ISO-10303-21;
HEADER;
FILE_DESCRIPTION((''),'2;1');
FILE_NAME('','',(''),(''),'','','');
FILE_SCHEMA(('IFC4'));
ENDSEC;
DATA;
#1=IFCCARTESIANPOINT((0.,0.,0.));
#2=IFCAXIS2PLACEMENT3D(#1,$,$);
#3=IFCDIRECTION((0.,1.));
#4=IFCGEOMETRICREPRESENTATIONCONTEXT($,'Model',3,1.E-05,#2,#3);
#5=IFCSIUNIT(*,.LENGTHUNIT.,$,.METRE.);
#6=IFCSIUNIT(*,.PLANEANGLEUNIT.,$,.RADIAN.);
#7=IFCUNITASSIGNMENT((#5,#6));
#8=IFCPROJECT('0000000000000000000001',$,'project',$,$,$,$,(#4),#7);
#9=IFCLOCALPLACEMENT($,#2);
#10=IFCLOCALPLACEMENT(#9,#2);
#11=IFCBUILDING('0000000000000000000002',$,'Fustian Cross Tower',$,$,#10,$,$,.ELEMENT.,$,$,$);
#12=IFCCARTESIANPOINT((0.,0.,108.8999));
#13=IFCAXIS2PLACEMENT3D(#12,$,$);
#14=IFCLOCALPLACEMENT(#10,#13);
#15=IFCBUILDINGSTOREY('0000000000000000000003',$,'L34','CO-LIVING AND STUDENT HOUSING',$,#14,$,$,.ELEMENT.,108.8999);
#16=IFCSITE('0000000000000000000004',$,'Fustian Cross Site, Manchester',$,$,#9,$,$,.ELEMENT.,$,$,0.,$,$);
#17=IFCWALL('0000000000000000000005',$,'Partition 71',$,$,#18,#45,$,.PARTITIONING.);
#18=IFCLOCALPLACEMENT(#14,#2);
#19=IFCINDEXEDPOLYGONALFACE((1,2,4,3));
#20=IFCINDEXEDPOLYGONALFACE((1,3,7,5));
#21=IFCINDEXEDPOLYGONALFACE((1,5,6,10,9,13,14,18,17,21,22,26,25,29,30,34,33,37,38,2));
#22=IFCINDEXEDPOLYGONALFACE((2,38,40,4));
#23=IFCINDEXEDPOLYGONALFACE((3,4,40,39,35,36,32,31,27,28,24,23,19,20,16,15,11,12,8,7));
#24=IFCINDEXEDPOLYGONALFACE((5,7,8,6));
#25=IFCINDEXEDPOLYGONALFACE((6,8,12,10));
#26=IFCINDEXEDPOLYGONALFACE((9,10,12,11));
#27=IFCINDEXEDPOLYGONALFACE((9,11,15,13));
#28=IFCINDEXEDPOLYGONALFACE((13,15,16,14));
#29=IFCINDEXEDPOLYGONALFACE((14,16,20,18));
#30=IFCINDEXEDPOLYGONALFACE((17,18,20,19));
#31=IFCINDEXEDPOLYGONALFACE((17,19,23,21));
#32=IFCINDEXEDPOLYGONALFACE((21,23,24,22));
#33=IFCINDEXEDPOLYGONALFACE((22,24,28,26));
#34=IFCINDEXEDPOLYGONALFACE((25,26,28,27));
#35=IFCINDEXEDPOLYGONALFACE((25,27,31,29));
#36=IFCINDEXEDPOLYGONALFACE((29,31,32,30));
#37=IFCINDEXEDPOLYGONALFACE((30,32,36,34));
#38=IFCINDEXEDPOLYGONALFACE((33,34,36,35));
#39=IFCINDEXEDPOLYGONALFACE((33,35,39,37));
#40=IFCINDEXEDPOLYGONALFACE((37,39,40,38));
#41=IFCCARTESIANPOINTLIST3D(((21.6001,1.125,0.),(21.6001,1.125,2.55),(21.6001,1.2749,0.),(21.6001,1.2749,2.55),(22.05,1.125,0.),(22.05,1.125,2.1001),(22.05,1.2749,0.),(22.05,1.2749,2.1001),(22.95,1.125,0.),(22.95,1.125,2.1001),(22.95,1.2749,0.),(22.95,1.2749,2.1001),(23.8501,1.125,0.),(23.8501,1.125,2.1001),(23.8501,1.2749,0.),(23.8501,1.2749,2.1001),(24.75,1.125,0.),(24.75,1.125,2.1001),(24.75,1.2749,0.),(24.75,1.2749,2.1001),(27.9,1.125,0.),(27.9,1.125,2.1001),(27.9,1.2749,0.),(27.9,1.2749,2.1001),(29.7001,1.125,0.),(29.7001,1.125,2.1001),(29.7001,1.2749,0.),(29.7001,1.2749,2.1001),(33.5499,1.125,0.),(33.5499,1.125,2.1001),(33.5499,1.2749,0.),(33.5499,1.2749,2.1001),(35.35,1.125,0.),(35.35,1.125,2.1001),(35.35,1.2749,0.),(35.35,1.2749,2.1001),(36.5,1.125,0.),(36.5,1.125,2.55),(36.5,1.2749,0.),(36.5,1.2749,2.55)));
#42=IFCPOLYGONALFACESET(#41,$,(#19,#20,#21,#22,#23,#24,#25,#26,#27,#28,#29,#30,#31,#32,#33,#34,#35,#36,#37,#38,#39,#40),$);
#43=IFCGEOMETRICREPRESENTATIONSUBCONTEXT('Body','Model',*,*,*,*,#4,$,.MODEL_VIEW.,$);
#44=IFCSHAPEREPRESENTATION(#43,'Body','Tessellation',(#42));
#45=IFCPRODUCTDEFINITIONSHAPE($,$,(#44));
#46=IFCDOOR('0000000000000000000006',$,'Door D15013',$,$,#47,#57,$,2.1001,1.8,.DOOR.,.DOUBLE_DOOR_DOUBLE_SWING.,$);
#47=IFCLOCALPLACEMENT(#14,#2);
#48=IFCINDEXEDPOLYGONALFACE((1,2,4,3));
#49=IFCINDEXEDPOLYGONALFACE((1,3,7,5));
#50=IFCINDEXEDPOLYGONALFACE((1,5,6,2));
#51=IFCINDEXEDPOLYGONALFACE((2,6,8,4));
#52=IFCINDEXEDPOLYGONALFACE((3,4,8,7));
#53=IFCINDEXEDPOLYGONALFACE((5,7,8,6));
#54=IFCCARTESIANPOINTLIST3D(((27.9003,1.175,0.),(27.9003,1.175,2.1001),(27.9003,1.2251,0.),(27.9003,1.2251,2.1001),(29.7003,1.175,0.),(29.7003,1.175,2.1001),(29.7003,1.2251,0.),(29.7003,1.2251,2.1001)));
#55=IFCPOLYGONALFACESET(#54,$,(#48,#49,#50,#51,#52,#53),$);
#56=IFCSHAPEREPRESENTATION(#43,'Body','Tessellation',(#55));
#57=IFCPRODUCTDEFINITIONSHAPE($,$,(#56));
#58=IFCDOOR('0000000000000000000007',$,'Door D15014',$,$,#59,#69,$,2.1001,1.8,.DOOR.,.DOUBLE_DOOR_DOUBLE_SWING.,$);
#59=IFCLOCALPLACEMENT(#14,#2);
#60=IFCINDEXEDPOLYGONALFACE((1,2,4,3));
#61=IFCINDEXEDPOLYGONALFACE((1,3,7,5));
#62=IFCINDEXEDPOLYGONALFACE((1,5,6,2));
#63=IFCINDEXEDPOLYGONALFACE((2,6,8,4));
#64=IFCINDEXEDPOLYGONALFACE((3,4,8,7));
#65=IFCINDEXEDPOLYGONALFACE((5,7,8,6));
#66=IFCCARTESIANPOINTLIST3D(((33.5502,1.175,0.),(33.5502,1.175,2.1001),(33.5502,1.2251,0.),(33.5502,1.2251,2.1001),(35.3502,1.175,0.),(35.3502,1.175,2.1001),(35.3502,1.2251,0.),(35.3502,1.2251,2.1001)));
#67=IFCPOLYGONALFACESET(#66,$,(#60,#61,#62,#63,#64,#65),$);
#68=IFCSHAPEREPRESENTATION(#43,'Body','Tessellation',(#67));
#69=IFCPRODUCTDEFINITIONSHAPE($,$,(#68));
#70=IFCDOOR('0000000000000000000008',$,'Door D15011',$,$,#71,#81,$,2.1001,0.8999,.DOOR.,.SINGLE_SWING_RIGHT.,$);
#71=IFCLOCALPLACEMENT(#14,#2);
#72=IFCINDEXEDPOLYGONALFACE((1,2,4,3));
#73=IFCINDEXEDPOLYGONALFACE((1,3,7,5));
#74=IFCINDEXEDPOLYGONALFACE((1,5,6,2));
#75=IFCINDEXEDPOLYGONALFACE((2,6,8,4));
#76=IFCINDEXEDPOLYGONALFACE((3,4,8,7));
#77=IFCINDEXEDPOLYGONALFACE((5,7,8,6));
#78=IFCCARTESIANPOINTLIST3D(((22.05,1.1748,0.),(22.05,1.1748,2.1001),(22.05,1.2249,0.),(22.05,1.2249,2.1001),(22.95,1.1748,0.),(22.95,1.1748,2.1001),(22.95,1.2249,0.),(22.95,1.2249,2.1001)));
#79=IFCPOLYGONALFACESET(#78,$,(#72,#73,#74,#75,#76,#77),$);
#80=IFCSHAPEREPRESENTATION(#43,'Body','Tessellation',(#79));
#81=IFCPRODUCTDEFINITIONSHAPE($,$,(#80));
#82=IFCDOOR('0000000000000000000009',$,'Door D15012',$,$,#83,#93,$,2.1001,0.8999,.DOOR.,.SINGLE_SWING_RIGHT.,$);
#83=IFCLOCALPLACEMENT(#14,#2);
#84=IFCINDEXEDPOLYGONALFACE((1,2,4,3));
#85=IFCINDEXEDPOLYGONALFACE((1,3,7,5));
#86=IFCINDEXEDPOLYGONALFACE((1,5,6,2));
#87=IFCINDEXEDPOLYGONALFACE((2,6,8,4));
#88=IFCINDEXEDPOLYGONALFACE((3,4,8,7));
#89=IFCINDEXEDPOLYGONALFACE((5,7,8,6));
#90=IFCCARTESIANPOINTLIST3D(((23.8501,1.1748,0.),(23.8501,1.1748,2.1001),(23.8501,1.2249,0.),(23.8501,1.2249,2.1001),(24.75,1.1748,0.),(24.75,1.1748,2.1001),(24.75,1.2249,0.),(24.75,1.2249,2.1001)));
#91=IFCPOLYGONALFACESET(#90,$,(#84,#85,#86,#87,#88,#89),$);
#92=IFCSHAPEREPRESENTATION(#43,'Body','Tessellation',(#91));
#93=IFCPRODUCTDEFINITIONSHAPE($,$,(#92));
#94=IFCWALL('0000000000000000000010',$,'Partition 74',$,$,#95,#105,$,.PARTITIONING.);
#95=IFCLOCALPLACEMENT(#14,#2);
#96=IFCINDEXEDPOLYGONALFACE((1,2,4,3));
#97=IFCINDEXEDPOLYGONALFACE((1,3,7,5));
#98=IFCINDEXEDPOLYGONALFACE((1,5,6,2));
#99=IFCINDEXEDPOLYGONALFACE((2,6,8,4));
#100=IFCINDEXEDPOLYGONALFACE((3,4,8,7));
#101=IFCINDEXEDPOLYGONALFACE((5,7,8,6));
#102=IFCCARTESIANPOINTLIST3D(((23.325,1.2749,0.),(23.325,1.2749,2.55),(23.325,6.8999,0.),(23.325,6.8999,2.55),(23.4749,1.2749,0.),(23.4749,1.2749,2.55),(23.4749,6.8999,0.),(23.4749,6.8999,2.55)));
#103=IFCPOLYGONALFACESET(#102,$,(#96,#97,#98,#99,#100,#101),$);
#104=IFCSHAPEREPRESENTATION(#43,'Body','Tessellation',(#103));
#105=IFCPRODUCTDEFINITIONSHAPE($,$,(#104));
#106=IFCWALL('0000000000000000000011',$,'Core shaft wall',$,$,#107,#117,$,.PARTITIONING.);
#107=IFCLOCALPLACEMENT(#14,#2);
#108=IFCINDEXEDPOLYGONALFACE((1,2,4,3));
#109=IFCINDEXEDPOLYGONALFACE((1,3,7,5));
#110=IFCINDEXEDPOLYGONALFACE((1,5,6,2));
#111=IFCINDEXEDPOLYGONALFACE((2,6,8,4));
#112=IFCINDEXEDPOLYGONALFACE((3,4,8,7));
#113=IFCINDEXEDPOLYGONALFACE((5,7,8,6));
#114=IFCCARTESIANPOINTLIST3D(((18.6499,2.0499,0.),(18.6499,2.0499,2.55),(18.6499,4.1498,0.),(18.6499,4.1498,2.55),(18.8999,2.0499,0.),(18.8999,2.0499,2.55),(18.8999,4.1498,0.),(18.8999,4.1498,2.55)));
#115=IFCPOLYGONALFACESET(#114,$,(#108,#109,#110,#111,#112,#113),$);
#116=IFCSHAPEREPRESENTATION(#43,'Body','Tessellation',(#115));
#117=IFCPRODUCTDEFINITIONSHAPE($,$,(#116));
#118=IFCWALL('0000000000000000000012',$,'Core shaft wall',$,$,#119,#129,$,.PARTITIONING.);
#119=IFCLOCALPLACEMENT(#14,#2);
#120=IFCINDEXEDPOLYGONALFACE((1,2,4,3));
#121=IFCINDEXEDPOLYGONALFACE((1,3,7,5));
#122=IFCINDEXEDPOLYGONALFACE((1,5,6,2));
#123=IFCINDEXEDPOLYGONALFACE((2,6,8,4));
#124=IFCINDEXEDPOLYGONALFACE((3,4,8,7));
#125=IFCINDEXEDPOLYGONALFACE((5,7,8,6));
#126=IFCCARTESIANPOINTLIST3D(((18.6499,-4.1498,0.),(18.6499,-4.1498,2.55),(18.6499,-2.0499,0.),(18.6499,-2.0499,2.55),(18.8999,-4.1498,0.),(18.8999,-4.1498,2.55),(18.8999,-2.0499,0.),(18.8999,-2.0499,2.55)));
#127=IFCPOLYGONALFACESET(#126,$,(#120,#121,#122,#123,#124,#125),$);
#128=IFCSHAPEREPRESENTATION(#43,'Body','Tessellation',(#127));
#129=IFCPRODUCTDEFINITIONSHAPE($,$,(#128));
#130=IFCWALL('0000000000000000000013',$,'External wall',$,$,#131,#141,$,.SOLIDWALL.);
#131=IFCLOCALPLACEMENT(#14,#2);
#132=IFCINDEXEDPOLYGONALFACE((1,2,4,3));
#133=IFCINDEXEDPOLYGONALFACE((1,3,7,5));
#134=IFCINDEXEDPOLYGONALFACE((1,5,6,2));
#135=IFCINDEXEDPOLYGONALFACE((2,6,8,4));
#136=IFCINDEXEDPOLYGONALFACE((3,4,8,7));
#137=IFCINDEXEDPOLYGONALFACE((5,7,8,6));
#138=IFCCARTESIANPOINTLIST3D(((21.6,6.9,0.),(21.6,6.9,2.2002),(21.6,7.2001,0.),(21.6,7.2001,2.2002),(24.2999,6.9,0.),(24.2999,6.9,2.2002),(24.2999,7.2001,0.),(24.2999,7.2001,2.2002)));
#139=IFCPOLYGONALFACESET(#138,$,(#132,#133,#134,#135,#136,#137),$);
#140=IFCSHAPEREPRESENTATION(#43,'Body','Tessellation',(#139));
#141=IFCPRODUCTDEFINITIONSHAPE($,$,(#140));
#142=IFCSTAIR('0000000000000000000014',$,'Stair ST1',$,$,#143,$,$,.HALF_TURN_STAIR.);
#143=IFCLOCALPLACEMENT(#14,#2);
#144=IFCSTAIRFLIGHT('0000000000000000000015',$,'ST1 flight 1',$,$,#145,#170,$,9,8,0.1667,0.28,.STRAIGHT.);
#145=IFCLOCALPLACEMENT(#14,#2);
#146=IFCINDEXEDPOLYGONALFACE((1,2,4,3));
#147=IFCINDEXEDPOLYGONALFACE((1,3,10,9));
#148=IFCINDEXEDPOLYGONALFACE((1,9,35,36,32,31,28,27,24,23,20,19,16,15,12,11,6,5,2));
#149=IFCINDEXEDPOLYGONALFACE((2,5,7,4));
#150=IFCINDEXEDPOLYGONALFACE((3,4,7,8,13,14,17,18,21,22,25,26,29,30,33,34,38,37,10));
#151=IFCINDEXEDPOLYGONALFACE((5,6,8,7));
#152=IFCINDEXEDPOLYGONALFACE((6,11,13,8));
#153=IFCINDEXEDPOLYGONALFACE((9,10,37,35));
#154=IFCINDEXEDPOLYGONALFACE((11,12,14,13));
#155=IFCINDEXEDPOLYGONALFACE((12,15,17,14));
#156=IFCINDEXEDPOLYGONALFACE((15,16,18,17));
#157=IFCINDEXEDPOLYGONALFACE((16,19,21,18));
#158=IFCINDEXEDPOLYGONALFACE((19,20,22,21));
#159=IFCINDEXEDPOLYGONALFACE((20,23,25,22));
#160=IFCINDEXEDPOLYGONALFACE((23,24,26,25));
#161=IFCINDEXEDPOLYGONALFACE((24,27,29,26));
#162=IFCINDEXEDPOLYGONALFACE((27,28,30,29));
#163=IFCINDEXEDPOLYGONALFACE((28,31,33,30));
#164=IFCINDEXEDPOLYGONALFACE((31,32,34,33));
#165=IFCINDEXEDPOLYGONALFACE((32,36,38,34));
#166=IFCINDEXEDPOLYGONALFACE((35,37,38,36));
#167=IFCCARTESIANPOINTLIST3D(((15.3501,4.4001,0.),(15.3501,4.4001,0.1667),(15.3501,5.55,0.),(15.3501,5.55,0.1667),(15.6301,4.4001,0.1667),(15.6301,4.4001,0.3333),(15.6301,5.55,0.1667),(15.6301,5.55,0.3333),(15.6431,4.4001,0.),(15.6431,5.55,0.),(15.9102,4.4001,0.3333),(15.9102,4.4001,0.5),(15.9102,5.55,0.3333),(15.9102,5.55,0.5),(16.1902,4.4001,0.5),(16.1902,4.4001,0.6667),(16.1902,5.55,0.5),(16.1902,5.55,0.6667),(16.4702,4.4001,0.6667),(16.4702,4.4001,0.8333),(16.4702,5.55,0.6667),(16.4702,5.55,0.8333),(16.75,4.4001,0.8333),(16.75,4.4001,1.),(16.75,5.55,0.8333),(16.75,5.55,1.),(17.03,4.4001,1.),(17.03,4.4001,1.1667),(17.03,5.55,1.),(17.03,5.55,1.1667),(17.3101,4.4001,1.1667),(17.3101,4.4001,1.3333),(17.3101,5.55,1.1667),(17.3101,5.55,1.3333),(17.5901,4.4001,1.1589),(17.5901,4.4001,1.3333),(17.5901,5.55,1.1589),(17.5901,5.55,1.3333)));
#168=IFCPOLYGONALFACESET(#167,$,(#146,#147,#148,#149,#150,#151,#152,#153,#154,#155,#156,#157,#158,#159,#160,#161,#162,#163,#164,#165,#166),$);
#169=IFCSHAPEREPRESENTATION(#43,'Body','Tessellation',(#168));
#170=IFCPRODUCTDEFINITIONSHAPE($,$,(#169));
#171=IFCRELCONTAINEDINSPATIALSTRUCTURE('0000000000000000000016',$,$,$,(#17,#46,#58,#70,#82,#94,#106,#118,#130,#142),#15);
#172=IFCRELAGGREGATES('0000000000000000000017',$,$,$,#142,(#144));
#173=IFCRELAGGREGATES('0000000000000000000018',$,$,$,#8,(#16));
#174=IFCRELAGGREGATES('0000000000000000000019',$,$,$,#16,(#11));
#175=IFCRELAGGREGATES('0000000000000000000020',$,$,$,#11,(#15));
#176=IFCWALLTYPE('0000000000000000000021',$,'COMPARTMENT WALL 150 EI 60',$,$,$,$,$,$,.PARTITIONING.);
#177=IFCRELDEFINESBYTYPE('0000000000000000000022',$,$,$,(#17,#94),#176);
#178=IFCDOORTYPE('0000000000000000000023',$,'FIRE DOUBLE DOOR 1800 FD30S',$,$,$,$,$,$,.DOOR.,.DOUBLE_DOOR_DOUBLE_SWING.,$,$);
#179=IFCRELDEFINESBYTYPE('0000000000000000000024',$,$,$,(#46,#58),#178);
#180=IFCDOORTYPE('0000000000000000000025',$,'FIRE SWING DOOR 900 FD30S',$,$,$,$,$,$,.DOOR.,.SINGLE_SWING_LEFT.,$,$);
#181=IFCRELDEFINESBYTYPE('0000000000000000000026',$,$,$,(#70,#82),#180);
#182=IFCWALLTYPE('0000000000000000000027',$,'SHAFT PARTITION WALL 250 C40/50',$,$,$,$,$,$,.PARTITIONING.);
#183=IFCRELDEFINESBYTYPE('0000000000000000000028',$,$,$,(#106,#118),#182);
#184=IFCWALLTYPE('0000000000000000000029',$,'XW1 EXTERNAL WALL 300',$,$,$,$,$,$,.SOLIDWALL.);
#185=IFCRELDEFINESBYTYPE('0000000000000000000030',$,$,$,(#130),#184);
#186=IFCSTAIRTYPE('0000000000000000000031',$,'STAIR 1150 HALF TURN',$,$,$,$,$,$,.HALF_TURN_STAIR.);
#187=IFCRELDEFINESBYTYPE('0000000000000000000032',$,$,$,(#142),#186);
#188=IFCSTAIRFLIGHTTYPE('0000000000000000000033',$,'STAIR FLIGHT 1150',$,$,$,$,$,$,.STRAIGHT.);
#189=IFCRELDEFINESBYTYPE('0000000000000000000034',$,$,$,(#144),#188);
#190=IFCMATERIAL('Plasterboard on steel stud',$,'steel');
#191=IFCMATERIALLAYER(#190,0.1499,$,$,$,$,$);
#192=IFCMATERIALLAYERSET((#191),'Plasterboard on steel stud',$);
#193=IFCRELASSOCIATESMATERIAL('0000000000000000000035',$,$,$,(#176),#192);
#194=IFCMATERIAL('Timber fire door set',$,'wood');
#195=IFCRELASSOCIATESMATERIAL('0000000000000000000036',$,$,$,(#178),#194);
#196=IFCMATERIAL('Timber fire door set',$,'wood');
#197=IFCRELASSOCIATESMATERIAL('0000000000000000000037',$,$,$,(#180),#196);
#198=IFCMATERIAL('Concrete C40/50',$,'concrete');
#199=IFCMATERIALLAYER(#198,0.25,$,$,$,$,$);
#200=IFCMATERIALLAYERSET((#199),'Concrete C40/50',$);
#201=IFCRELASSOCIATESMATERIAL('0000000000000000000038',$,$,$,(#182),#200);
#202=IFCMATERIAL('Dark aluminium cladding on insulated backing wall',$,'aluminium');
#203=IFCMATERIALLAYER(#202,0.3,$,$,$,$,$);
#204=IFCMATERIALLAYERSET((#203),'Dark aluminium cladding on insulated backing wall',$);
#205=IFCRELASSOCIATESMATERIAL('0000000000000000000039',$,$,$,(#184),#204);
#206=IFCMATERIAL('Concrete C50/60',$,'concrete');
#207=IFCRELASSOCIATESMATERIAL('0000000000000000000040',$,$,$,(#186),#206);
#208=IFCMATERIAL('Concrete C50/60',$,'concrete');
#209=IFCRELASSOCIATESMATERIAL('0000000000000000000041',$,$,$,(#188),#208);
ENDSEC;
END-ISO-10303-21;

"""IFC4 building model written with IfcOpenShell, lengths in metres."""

from ifc_helpers import new_model, si_unit, direction, frame, frame_2d, origin, place, context, subcontext, project, spatial, polyline, rectangle, outline, extrude, material, layer, layer_set, type_object, element, fill, aggregate, save


model = new_model("IFC4")

# Units and contexts
model_context = context("Model", 3, precision=1e-05, world=origin(), true_north=direction((0.0, 1.0)))
body_context = subcontext(model_context, "Body", "Model", "MODEL_VIEW")
ifc_project = project(units=[si_unit("LENGTHUNIT", "METRE"), si_unit("PLANEANGLEUNIT", "RADIAN")], contexts=[model_context])

# Site, building, storey
site_placement = place(None, origin())
site = spatial("IfcSite", under=ifc_project, at=site_placement, Name="Fustian Cross Site, Manchester", CompositionType="ELEMENT", RefElevation=0.0)
building_placement = place(site_placement, origin())
building = spatial("IfcBuilding", under=site, at=building_placement, Name="Fustian Cross Tower", CompositionType="ELEMENT")
storey_placement = place(building_placement, frame((0.0, 0.0, 108.8999)))
storey = spatial("IfcBuildingStorey", under=building, at=storey_placement, Name="L34", Description="CO-LIVING AND STUDENT HOUSING", CompositionType="ELEMENT", Elevation=108.8999)

# Wall, openings, doors
ifc_material_1 = material(Name="Plasterboard on steel stud", Category="steel")
ifc_layer_1 = layer(ifc_material_1, 0.1499)
ifc_layer_set_1 = layer_set([ifc_layer_1], Name="Plasterboard on steel stud")
wall_type_1 = type_object("IfcWallType", Name="COMPARTMENT WALL 150 EI 60", PredefinedType="PARTITIONING", material=ifc_layer_set_1)
ifc_material_2 = material(Name="Timber fire door set", Category="wood")
door_type_1 = type_object("IfcDoorType", Name="FIRE DOUBLE DOOR 1800 FD30S", OperationType="DOUBLE_DOOR_DOUBLE_SWING", PredefinedType="DOOR", material=ifc_material_2)
wall_1_placement = place(storey_placement, frame((21.6001, 1.2, 0.0), z_axis=(0.0, 0.0, 1.0), x_axis=(1.0, 0.0, 0.0)))
wall_1 = element("IfcWall", 1, at=wall_1_placement, inside=storey, type_object=wall_type_1, Name="Partition 71", PredefinedType="PARTITIONING", context=body_context, shape_type="SweptSolid", body=[
    extrude(rectangle(XDim=14.8999, YDim=0.1499, at=frame_2d((7.45, 0.0))), origin(), (0.0, 0.0, 1.0), 2.55),
])
opening_1_placement = place(wall_1_placement, frame((0.45, 0.0, 0.0)))
opening_1 = element("IfcOpeningElement", 2, at=opening_1_placement, cuts=wall_1, PredefinedType="OPENING", context=body_context, shape_type="SweptSolid", body=[
    extrude(rectangle(XDim=0.8999, YDim=2.1001, at=frame_2d((0.45, 1.05))), frame((0.0, 0.085, 0.0), z_axis=(0.0, -1.0, 0.0), x_axis=(1.0, 0.0, 0.0)), (0.0, 0.0, 1.0), 0.1699),
])
opening_2_placement = place(wall_1_placement, frame((2.25, 0.0, 0.0)))
opening_2 = element("IfcOpeningElement", 3, at=opening_2_placement, cuts=wall_1, PredefinedType="OPENING", context=body_context, shape_type="SweptSolid", body=[
    extrude(rectangle(XDim=0.8999, YDim=2.1001, at=frame_2d((0.45, 1.05))), frame((0.0, 0.085, 0.0), z_axis=(0.0, -1.0, 0.0), x_axis=(1.0, 0.0, 0.0)), (0.0, 0.0, 1.0), 0.1699),
])
opening_3_placement = place(wall_1_placement, frame((6.3, 0.0, 0.0)))
opening_3 = element("IfcOpeningElement", 4, at=opening_3_placement, cuts=wall_1, PredefinedType="OPENING", context=body_context, shape_type="SweptSolid", body=[
    extrude(rectangle(XDim=1.8, YDim=2.1001, at=frame_2d((0.8999, 1.05))), frame((0.0, 0.085, 0.0), z_axis=(0.0, -1.0, 0.0), x_axis=(1.0, 0.0, 0.0)), (0.0, 0.0, 1.0), 0.1699),
])
opening_4_placement = place(wall_1_placement, frame((11.95, 0.0, 0.0)))
opening_4 = element("IfcOpeningElement", 5, at=opening_4_placement, cuts=wall_1, PredefinedType="OPENING", context=body_context, shape_type="SweptSolid", body=[
    extrude(rectangle(XDim=1.8, YDim=2.1001, at=frame_2d((0.8999, 1.05))), frame((0.0, 0.085, 0.0), z_axis=(0.0, -1.0, 0.0), x_axis=(1.0, 0.0, 0.0)), (0.0, 0.0, 1.0), 0.1699),
])
door_1_placement = place(opening_3_placement, frame((1.8, 0.0, 0.0), z_axis=(0.0, 0.0, 1.0), x_axis=(-1.0, 0.0, 0.0)))
door_1 = element("IfcDoor", 6, at=door_1_placement, inside=storey, type_object=door_type_1, Name="Door D15013", OperationType="DOUBLE_DOOR_DOUBLE_SWING", OverallHeight=2.1001, OverallWidth=1.8, PredefinedType="DOOR", context=body_context, shape_type="SweptSolid", body=[
    extrude(rectangle(XDim=1.8, YDim=2.1001, at=frame_2d((0.8999, 1.05))), frame((0.0, 0.0249, 0.0), z_axis=(0.0, -1.0, 0.0), x_axis=(1.0, 0.0, 0.0)), (0.0, 0.0, 1.0), 0.05),
])
fill(opening_3, door_1)
door_2_placement = place(opening_4_placement, frame((1.8, 0.0, 0.0), z_axis=(0.0, 0.0, 1.0), x_axis=(-1.0, 0.0, 0.0)))
door_2 = element("IfcDoor", 7, at=door_2_placement, inside=storey, type_object=door_type_1, Name="Door D15014", OperationType="DOUBLE_DOOR_DOUBLE_SWING", OverallHeight=2.1001, OverallWidth=1.8, PredefinedType="DOOR", context=body_context, shape_type="SweptSolid", body=[
    extrude(rectangle(XDim=1.8, YDim=2.1001, at=frame_2d((0.8999, 1.05))), frame((0.0, 0.0249, 0.0), z_axis=(0.0, -1.0, 0.0), x_axis=(1.0, 0.0, 0.0)), (0.0, 0.0, 1.0), 0.05),
])
fill(opening_4, door_2)
ifc_material_3 = material(Name="Timber fire door set", Category="wood")
door_type_2 = type_object("IfcDoorType", Name="FIRE SWING DOOR 900 FD30S", OperationType="SINGLE_SWING_LEFT", PredefinedType="DOOR", material=ifc_material_3)
door_3_placement = place(opening_1_placement, origin())
door_3 = element("IfcDoor", 8, at=door_3_placement, inside=storey, type_object=door_type_2, Name="Door D15011", OperationType="SINGLE_SWING_RIGHT", OverallHeight=2.1001, OverallWidth=0.8999, PredefinedType="DOOR", context=body_context, shape_type="SweptSolid", body=[
    extrude(rectangle(XDim=0.8999, YDim=2.1001, at=frame_2d((0.45, 1.05))), frame((0.0, 0.0249, 0.0), z_axis=(0.0, -1.0, 0.0), x_axis=(1.0, 0.0, 0.0)), (0.0, 0.0, 1.0), 0.05),
])
fill(opening_1, door_3)
door_4_placement = place(opening_2_placement, origin())
door_4 = element("IfcDoor", 9, at=door_4_placement, inside=storey, type_object=door_type_2, Name="Door D15012", OperationType="SINGLE_SWING_RIGHT", OverallHeight=2.1001, OverallWidth=0.8999, PredefinedType="DOOR", context=body_context, shape_type="SweptSolid", body=[
    extrude(rectangle(XDim=0.8999, YDim=2.1001, at=frame_2d((0.45, 1.05))), frame((0.0, 0.0249, 0.0), z_axis=(0.0, -1.0, 0.0), x_axis=(1.0, 0.0, 0.0)), (0.0, 0.0, 1.0), 0.05),
])
fill(opening_2, door_4)

# Walls
wall_2_placement = place(storey_placement, frame((23.3999, 1.2749, 0.0), z_axis=(0.0, 0.0, 1.0), x_axis=(0.0, 1.0, 0.0)))
element("IfcWall", 10, at=wall_2_placement, inside=storey, type_object=wall_type_1, Name="Partition 74", PredefinedType="PARTITIONING", context=body_context, shape_type="SweptSolid", body=[
    extrude(rectangle(XDim=5.625, YDim=0.1499, at=frame_2d((2.8125, 0.0))), origin(), (0.0, 0.0, 1.0), 2.55),
])
ifc_material_4 = material(Name="Concrete C40/50", Category="concrete")
ifc_layer_2 = layer(ifc_material_4, 0.25)
ifc_layer_set_2 = layer_set([ifc_layer_2], Name="Concrete C40/50")
wall_type_2 = type_object("IfcWallType", Name="SHAFT PARTITION WALL 250 C40/50", PredefinedType="PARTITIONING", material=ifc_layer_set_2)
for number, where, z_axis, x_axis, name in (
    (11, (18.7749, 2.05, 0.0), (0.0, 0.0, 1.0), (0.0, 1.0, 0.0), "Core shaft wall"),
    (12, (18.7749, -2.05, 0.0), (0.0, 0.0, 1.0), (0.0, -1.0, 0.0), "Core shaft wall"),
):
    element("IfcWall", number, at=place(storey_placement, frame(where, z_axis=z_axis, x_axis=x_axis)), inside=storey, type_object=wall_type_2, Name=name, PredefinedType="PARTITIONING", context=body_context, shape_type="SweptSolid", body=[
        extrude(rectangle(XDim=2.0999, YDim=0.25, at=frame_2d((1.0498, 0.0))), origin(), (0.0, 0.0, 1.0), 2.55),
    ])
ifc_material_5 = material(Name="Dark aluminium cladding on insulated backing wall", Category="aluminium")
ifc_layer_3 = layer(ifc_material_5, 0.3)
ifc_layer_set_3 = layer_set([ifc_layer_3], Name="Dark aluminium cladding on insulated backing wall")
wall_type_3 = type_object("IfcWallType", Name="XW1 EXTERNAL WALL 300", PredefinedType="SOLIDWALL", material=ifc_layer_set_3)
wall_3_placement = place(storey_placement, frame((24.3, 7.05, 0.0), z_axis=(0.0, 0.0, 1.0), x_axis=(-1.0, 0.0, 0.0)))
element("IfcWall", 13, at=wall_3_placement, inside=storey, type_object=wall_type_3, Name="External wall", PredefinedType="SOLIDWALL", context=body_context, shape_type="SweptSolid", body=[
    extrude(rectangle(XDim=2.7, YDim=0.3, at=frame_2d((1.3501, 0.0))), origin(), (0.0, 0.0, 1.0), 2.2002),
])

# Stair, stair flight
ifc_material_6 = material(Name="Concrete C50/60", Category="concrete")
stair_type = type_object("IfcStairType", Name="STAIR 1150 HALF TURN", PredefinedType="HALF_TURN_STAIR", material=ifc_material_6)
stair_placement = place(storey_placement, origin())
stair = element("IfcStair", 14, at=stair_placement, inside=storey, type_object=stair_type, Name="Stair ST1", PredefinedType="HALF_TURN_STAIR")
ifc_material_7 = material(Name="Concrete C50/60", Category="concrete")
stair_flight_type = type_object("IfcStairFlightType", Name="STAIR FLIGHT 1150", PredefinedType="STRAIGHT", material=ifc_material_7)
stair_flight_1_placement = place(storey_placement, frame((15.3501, 4.9751, 0.0), z_axis=(0.0, 0.0, 1.0), x_axis=(1.0, 0.0, 0.0)))
stair_flight_1 = element("IfcStairFlight", 15, at=stair_flight_1_placement, type_object=stair_flight_type, Name="ST1 flight 1", NumberOfRisers=9, NumberOfTreads=8, PredefinedType="STRAIGHT", RiserHeight=0.1667, TreadLength=0.28, context=body_context, shape_type="SweptSolid", body=[
    extrude(outline(polyline([(0.0, 0.0), (0.0, 0.1667), (0.28, 0.1667), (0.28, 0.3333), (0.5601, 0.3333), (0.5601, 0.5), (0.8401, 0.5), (0.8401, 0.6667), (1.1201, 0.6667), (1.1201, 0.8333), (1.3999, 0.8333), (1.3999, 1.0), (1.6799, 1.0), (1.6799, 1.1667), (1.96, 1.1667), (1.96, 1.3333), (2.24, 1.3333), (2.24, 1.5), (2.24, 1.1589), (0.293, 0.0), (0.0, 0.0)])), frame((0.0, 0.575, 0.0), z_axis=(0.0, -1.0, 0.0), x_axis=(1.0, 0.0, 0.0)), (0.0, 0.0, 1.0), 1.1499),
])
aggregate(stair, [stair_flight_1])

save(model, "model.ifc")
